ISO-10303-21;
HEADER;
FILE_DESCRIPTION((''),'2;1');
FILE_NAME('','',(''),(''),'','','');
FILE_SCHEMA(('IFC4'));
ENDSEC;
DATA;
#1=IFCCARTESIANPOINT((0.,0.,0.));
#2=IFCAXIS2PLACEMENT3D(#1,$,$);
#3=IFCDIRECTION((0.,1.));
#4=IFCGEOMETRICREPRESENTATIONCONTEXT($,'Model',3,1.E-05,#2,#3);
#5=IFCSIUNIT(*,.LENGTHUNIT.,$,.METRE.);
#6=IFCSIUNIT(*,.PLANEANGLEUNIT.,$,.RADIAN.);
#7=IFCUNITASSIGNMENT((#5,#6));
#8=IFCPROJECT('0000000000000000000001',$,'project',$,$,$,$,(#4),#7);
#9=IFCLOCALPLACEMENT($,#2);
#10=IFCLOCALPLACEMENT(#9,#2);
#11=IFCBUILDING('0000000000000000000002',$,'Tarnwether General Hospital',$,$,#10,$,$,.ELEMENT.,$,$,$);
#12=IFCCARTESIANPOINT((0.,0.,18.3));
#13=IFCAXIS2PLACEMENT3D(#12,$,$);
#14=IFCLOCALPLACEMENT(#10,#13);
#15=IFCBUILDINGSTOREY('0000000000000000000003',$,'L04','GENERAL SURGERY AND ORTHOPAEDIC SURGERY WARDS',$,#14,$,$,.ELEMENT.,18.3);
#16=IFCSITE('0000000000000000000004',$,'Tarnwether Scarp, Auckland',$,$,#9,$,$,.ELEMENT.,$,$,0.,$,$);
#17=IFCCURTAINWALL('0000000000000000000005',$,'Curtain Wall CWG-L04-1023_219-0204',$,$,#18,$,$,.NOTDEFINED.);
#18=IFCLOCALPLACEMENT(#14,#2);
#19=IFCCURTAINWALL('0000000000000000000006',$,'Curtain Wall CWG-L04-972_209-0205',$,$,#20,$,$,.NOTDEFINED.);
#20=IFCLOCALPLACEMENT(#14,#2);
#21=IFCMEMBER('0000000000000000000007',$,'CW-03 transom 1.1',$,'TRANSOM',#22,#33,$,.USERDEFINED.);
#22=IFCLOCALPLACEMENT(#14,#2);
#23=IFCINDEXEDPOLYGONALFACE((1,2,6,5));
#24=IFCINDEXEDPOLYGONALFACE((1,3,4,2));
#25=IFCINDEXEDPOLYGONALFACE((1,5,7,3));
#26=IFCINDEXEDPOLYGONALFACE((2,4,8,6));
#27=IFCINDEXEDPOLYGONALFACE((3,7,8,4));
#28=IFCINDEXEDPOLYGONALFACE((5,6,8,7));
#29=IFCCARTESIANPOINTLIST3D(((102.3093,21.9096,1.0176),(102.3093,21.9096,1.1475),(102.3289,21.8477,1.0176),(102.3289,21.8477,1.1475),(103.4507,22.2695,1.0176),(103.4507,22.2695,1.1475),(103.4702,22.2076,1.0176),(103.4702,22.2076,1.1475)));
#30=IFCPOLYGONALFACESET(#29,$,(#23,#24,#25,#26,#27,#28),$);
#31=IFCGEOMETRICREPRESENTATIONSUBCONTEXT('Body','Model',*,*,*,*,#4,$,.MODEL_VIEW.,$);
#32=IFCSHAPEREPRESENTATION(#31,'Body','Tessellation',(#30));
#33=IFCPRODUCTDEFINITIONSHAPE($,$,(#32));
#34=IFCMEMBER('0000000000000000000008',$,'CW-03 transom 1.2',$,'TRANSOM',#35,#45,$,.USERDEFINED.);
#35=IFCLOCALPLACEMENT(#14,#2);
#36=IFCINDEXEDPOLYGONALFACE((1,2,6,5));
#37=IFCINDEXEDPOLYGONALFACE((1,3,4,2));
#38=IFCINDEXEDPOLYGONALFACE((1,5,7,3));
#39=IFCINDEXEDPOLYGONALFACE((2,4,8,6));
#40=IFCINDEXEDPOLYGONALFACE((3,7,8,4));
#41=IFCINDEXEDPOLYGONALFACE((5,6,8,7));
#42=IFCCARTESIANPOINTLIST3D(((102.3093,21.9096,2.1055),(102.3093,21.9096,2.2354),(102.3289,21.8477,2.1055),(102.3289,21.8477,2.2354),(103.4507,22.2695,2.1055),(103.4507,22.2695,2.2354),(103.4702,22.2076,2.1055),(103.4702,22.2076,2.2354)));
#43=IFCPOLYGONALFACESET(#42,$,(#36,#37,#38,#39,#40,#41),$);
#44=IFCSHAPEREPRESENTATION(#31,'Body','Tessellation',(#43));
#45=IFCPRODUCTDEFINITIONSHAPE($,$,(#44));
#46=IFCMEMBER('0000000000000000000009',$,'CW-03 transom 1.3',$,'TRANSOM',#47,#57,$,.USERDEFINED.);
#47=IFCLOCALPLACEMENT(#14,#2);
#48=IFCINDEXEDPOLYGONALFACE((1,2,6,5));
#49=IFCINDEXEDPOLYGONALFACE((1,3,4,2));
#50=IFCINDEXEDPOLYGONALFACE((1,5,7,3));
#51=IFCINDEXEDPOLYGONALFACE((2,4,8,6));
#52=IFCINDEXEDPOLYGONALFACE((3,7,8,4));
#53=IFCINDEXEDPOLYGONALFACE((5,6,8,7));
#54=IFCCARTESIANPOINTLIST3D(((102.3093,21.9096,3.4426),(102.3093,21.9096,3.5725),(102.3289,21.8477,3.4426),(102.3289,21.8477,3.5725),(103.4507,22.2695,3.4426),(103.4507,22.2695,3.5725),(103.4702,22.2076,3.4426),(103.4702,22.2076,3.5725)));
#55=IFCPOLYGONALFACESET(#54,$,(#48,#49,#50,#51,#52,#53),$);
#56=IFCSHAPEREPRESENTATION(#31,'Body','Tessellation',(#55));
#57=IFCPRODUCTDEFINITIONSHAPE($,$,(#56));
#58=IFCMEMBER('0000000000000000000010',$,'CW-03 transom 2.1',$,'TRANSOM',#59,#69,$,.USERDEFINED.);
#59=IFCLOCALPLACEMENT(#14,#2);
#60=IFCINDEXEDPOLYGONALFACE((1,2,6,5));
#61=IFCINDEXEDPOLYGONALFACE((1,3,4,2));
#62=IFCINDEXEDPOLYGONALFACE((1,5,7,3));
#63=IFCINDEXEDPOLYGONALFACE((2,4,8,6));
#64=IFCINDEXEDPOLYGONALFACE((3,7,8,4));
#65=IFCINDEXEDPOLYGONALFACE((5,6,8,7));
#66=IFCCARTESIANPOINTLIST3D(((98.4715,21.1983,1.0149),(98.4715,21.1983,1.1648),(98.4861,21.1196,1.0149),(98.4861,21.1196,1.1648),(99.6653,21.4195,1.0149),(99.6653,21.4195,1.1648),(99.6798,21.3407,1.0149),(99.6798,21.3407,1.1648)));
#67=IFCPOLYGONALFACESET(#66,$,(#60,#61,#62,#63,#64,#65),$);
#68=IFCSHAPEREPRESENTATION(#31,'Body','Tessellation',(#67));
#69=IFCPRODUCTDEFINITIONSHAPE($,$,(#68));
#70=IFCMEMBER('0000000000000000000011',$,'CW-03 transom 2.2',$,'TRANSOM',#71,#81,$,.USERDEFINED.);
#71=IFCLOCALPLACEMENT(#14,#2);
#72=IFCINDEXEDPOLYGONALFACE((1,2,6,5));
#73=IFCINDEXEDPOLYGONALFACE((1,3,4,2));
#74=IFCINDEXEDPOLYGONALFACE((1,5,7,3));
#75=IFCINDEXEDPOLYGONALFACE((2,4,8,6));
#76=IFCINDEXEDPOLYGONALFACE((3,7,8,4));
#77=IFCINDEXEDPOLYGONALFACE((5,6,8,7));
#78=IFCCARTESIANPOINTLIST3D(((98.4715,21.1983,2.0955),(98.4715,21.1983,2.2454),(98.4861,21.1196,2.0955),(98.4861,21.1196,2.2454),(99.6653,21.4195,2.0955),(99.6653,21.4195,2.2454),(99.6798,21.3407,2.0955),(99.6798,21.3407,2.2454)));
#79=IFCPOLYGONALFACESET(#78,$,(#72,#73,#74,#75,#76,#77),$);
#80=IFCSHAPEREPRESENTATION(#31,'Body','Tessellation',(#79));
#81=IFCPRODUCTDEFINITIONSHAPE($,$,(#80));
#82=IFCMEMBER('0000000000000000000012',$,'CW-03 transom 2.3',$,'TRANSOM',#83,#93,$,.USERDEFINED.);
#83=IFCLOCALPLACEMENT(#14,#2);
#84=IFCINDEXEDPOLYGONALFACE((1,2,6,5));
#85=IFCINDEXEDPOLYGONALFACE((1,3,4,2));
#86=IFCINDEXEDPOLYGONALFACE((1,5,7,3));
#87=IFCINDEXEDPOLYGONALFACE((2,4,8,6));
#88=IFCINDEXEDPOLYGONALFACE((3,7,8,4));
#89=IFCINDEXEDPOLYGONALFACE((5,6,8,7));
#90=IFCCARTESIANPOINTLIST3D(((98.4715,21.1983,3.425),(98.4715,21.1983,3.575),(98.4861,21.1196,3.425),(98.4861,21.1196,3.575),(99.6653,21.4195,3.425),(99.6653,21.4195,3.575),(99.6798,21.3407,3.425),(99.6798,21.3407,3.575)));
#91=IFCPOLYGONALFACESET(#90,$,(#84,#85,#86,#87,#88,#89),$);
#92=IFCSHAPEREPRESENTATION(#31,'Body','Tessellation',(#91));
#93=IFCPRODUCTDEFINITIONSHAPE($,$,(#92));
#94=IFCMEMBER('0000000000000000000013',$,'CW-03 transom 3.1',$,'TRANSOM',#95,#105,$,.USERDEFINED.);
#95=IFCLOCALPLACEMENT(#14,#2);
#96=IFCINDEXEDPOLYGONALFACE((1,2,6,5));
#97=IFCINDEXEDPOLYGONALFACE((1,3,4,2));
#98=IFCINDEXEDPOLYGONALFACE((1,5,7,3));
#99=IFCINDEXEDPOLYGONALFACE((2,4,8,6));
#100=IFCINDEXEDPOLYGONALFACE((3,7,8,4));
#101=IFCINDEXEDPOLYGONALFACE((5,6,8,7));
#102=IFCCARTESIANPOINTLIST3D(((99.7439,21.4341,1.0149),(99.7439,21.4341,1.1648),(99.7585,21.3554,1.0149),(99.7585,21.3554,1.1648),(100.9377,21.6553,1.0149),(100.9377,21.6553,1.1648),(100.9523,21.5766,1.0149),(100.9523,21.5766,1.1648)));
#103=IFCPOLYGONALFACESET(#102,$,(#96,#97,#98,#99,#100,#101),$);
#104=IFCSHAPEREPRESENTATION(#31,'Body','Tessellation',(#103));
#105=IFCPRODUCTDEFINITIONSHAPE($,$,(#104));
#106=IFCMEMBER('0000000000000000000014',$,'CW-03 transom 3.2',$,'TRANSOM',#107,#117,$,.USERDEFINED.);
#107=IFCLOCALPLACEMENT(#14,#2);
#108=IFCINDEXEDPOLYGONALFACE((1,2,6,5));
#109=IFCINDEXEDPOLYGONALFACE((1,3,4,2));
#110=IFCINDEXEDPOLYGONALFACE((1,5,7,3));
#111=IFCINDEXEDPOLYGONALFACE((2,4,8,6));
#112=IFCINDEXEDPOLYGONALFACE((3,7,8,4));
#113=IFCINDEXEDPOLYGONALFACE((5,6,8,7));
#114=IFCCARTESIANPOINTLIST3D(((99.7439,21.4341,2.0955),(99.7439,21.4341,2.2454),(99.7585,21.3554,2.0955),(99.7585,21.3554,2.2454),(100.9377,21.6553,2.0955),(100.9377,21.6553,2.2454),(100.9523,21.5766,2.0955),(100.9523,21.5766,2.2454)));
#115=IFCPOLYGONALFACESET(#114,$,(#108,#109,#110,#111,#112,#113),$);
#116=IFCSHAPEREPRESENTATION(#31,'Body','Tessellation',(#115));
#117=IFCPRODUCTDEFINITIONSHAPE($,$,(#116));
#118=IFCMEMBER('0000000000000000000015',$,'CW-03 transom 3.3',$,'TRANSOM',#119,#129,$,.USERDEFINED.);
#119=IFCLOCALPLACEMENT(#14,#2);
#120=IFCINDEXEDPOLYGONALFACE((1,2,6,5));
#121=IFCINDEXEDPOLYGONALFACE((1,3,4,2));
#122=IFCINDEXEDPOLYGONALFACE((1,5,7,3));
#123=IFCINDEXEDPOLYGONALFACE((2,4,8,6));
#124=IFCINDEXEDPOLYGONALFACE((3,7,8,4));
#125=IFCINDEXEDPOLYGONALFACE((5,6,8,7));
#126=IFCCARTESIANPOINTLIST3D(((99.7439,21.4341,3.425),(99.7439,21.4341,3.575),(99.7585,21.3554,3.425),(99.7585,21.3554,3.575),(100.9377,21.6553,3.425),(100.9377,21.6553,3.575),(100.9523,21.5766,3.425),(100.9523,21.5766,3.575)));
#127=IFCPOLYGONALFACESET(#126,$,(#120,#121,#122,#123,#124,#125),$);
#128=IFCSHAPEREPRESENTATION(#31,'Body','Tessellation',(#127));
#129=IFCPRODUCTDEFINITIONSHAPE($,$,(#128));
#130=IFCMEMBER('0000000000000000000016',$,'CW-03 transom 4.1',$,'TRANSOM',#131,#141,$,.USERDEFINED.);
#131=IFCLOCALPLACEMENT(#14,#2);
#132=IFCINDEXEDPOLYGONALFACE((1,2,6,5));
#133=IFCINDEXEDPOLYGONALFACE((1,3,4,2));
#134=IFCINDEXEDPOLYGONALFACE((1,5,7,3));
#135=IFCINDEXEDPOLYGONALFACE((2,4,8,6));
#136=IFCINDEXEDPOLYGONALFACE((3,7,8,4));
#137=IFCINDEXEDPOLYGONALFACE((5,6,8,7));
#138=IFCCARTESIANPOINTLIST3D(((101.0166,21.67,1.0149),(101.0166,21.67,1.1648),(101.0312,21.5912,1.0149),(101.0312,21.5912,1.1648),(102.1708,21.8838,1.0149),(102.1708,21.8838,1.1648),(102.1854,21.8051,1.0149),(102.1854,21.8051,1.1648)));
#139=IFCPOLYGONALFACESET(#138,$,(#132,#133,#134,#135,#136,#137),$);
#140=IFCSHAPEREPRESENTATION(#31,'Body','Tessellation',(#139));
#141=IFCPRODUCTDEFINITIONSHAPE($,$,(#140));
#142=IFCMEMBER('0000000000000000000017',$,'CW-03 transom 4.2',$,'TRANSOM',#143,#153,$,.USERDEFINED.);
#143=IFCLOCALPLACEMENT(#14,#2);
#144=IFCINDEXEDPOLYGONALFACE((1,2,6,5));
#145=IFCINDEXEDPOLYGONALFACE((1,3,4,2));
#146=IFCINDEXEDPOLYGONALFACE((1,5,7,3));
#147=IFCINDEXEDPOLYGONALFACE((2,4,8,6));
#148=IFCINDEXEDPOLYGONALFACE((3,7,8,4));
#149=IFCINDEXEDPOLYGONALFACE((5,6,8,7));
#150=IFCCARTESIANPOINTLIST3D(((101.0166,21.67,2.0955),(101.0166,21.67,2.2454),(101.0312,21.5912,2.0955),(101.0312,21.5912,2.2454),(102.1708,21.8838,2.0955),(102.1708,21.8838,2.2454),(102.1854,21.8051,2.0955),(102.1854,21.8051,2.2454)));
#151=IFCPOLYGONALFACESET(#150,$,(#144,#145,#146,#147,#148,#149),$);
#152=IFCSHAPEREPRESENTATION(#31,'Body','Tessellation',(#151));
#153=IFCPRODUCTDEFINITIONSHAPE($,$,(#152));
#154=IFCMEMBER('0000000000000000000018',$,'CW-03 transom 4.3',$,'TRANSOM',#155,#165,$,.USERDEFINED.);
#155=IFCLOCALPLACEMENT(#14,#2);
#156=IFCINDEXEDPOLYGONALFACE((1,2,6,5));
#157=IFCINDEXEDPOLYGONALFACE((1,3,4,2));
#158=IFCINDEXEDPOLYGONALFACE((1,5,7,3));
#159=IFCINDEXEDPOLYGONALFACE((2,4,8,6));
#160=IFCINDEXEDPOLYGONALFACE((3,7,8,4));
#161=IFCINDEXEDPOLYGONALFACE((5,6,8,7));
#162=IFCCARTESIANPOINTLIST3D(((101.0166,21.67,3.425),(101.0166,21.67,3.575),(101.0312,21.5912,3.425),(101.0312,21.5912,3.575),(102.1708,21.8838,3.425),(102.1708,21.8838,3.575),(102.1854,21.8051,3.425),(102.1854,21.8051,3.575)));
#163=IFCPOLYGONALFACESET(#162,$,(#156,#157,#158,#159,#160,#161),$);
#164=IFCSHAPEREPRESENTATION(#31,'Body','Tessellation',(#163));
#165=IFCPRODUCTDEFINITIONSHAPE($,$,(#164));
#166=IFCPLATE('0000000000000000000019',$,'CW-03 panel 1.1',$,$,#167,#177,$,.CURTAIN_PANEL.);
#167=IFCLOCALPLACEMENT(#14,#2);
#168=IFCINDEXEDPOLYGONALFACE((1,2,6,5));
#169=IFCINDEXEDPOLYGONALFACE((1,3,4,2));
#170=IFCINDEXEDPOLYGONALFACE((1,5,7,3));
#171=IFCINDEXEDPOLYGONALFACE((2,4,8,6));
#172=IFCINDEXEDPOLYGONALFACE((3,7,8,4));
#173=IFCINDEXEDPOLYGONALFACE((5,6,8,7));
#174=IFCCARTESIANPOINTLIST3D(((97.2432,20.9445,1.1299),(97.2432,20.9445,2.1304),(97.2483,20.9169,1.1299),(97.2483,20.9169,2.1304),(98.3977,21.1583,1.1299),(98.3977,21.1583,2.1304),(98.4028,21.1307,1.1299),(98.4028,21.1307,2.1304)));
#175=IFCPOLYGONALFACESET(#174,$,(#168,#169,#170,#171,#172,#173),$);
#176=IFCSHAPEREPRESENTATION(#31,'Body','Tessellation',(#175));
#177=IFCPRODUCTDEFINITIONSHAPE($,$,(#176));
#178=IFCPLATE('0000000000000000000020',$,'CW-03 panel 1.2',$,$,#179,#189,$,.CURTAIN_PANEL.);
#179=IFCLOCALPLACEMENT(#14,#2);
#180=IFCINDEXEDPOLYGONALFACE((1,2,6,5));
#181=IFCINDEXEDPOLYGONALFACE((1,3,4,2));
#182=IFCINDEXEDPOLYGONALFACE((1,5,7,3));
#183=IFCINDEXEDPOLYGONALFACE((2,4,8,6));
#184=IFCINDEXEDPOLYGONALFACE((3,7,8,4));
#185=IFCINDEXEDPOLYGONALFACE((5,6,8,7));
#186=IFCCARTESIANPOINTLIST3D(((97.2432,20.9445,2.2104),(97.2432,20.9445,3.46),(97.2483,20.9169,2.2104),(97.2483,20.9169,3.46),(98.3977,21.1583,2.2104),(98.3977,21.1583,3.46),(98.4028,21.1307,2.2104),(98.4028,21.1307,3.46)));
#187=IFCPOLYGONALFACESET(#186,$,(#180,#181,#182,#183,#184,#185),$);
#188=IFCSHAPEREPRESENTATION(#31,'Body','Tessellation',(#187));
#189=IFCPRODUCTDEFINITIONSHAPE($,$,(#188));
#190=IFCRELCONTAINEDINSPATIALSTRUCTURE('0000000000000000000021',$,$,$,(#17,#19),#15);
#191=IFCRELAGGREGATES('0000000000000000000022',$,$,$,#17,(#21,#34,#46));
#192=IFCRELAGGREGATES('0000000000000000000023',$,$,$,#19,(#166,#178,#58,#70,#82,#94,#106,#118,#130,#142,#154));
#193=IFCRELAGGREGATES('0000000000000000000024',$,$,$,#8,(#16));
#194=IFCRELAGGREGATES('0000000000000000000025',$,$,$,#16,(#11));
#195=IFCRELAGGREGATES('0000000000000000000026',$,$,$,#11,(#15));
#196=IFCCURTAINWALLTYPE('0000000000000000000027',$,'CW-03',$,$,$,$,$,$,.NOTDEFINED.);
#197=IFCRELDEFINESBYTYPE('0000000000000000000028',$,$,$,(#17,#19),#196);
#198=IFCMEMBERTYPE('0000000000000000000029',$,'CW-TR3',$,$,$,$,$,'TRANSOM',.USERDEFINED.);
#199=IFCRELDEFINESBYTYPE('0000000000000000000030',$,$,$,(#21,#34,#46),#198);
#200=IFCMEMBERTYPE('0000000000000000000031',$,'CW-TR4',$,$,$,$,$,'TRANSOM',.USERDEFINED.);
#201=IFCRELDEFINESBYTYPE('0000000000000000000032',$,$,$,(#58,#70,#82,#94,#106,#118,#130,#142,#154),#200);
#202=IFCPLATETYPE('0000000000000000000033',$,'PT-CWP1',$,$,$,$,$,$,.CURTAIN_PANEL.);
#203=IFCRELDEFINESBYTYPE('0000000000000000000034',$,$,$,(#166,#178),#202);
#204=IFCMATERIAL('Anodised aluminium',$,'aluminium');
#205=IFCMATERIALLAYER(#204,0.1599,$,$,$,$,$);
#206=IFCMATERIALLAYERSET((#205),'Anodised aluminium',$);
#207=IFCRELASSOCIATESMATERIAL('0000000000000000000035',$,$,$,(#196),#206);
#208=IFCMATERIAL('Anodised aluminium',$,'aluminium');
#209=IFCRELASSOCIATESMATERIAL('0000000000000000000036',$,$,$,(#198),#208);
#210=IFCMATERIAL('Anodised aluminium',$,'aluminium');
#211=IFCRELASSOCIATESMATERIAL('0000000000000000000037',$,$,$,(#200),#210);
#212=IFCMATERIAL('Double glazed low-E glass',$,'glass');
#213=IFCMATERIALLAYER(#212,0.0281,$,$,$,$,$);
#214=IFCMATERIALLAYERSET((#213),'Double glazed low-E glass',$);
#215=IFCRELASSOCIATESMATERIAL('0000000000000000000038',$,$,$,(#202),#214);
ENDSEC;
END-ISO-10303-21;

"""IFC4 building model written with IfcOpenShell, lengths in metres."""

from ifc_helpers import new_model, si_unit, direction, frame, origin, origin_2d, place, context, subcontext, project, spatial, rectangle, extrude, material, layer, layer_set, material_profile, profile_set, type_object, element, aggregate, save


model = new_model("IFC4")

# Units and contexts
model_context = context("Model", 3, precision=1e-05, world=origin(), true_north=direction((0.0, 1.0)))
body_context = subcontext(model_context, "Body", "Model", "MODEL_VIEW")
ifc_project = project(units=[si_unit("LENGTHUNIT", "METRE"), si_unit("PLANEANGLEUNIT", "RADIAN")], contexts=[model_context])

# Site, building, storey
site_placement = place(None, origin())
site = spatial("IfcSite", under=ifc_project, at=site_placement, Name="Tarnwether Scarp, Auckland", CompositionType="ELEMENT", RefElevation=0.0)
building_placement = place(site_placement, origin())
building = spatial("IfcBuilding", under=site, at=building_placement, Name="Tarnwether General Hospital", CompositionType="ELEMENT")
storey_placement = place(building_placement, frame((0.0, 0.0, 18.3)))
storey = spatial("IfcBuildingStorey", under=building, at=storey_placement, Name="L04", Description="GENERAL SURGERY AND ORTHOPAEDIC SURGERY WARDS", CompositionType="ELEMENT", Elevation=18.3)

# Curtain wall
ifc_material_1 = material(Name="Anodised aluminium", Category="aluminium")
ifc_layer_1 = layer(ifc_material_1, 0.1599)
ifc_layer_set_1 = layer_set([ifc_layer_1], Name="Anodised aluminium")
curtain_wall_type = type_object("IfcCurtainWallType", Name="CW-03", PredefinedType="NOTDEFINED", material=ifc_layer_set_1)
curtain_wall_1_placement = place(storey_placement, origin())
curtain_wall_1 = element("IfcCurtainWall", 1, at=curtain_wall_1_placement, inside=storey, type_object=curtain_wall_type, Name="Curtain Wall CWG-L04-1023_219-0204", PredefinedType="NOTDEFINED")

# Curtain wall
curtain_wall_2_placement = place(storey_placement, origin())
curtain_wall_2 = element("IfcCurtainWall", 2, at=curtain_wall_2_placement, inside=storey, type_object=curtain_wall_type, Name="Curtain Wall CWG-L04-972_209-0205", PredefinedType="NOTDEFINED")

# Members
ifc_material_2 = material(Name="Anodised aluminium", Category="aluminium")
ifc_material_profile_1 = material_profile(ifc_material_2, rectangle(XDim=0.0649, YDim=0.1299, at=origin_2d()), Name="ALU-TRN-65x130")
ifc_profile_set_1 = profile_set([ifc_material_profile_1], Name="Anodised aluminium")
member_type_1 = type_object("IfcMemberType", Name="CW-TR3", ElementType="TRANSOM", PredefinedType="USERDEFINED", material=ifc_profile_set_1)
member_1_placement = place(storey_placement, frame((102.3191, 21.8787, 1.0825), z_axis=(0.953718, 0.300702, 0.0), x_axis=(-0.300702, 0.953718, 0.0)))
member_1 = element("IfcMember", 3, at=member_1_placement, type_object=member_type_1, Name="CW-03 transom 1.1", ObjectType="TRANSOM", PredefinedType="USERDEFINED", context=body_context, shape_type="SweptSolid", body=[
    extrude(rectangle(XDim=0.0649, YDim=0.1299, at=origin_2d()), origin(), (0.0, 0.0, 1.0), 1.1968),
])
member_2_placement = place(storey_placement, frame((102.3191, 21.8787, 2.1704), z_axis=(0.953718, 0.300702, 0.0), x_axis=(-0.300702, 0.953718, 0.0)))
member_2 = element("IfcMember", 4, at=member_2_placement, type_object=member_type_1, Name="CW-03 transom 1.2", ObjectType="TRANSOM", PredefinedType="USERDEFINED", context=body_context, shape_type="SweptSolid", body=[
    extrude(rectangle(XDim=0.0649, YDim=0.1299, at=origin_2d()), origin(), (0.0, 0.0, 1.0), 1.1968),
])
member_3_placement = place(storey_placement, frame((102.3191, 21.8787, 3.5076), z_axis=(0.953718, 0.300702, 0.0), x_axis=(-0.300702, 0.953718, 0.0)))
member_3 = element("IfcMember", 5, at=member_3_placement, type_object=member_type_1, Name="CW-03 transom 1.3", ObjectType="TRANSOM", PredefinedType="USERDEFINED", context=body_context, shape_type="SweptSolid", body=[
    extrude(rectangle(XDim=0.0649, YDim=0.1299, at=origin_2d()), origin(), (0.0, 0.0, 1.0), 1.1968),
])
aggregate(curtain_wall_1, [member_1, member_2, member_3])
ifc_material_3 = material(Name="Anodised aluminium", Category="aluminium")
ifc_material_profile_2 = material_profile(ifc_material_3, rectangle(XDim=0.0801, YDim=0.1499, at=origin_2d()), Name="ALU-TRN-80x150")
ifc_profile_set_2 = profile_set([ifc_material_profile_2], Name="Anodised aluminium")
member_type_2 = type_object("IfcMemberType", Name="CW-TR4", ElementType="TRANSOM", PredefinedType="USERDEFINED", material=ifc_profile_set_2)
member_4_placement = place(storey_placement, frame((98.4788, 21.1589, 1.0898), z_axis=(0.983266, 0.182176, 0.0), x_axis=(-0.182176, 0.983266, 0.0)))
member_4 = element("IfcMember", 6, at=member_4_placement, type_object=member_type_2, Name="CW-03 transom 2.1", ObjectType="TRANSOM", PredefinedType="USERDEFINED", context=body_context, shape_type="SweptSolid", body=[
    extrude(rectangle(XDim=0.0801, YDim=0.1499, at=origin_2d()), origin(), (0.0, 0.0, 1.0), 1.2141),
])
member_5_placement = place(storey_placement, frame((98.4788, 21.1589, 2.1704), z_axis=(0.983266, 0.182176, 0.0), x_axis=(-0.182176, 0.983266, 0.0)))
member_5 = element("IfcMember", 7, at=member_5_placement, type_object=member_type_2, Name="CW-03 transom 2.2", ObjectType="TRANSOM", PredefinedType="USERDEFINED", context=body_context, shape_type="SweptSolid", body=[
    extrude(rectangle(XDim=0.0801, YDim=0.1499, at=origin_2d()), origin(), (0.0, 0.0, 1.0), 1.2141),
])
member_6_placement = place(storey_placement, frame((98.4788, 21.1589, 3.5), z_axis=(0.983266, 0.182176, 0.0), x_axis=(-0.182176, 0.983266, 0.0)))
member_6 = element("IfcMember", 8, at=member_6_placement, type_object=member_type_2, Name="CW-03 transom 2.3", ObjectType="TRANSOM", PredefinedType="USERDEFINED", context=body_context, shape_type="SweptSolid", body=[
    extrude(rectangle(XDim=0.0801, YDim=0.1499, at=origin_2d()), origin(), (0.0, 0.0, 1.0), 1.2141),
])
member_7_placement = place(storey_placement, frame((99.7512, 21.3948, 1.0898), z_axis=(0.983266, 0.182176, 0.0), x_axis=(-0.182176, 0.983266, 0.0)))
member_7 = element("IfcMember", 9, at=member_7_placement, type_object=member_type_2, Name="CW-03 transom 3.1", ObjectType="TRANSOM", PredefinedType="USERDEFINED", context=body_context, shape_type="SweptSolid", body=[
    extrude(rectangle(XDim=0.0801, YDim=0.1499, at=origin_2d()), origin(), (0.0, 0.0, 1.0), 1.2141),
])
member_8_placement = place(storey_placement, frame((99.7512, 21.3948, 2.1704), z_axis=(0.983266, 0.182176, 0.0), x_axis=(-0.182176, 0.983266, 0.0)))
member_8 = element("IfcMember", 10, at=member_8_placement, type_object=member_type_2, Name="CW-03 transom 3.2", ObjectType="TRANSOM", PredefinedType="USERDEFINED", context=body_context, shape_type="SweptSolid", body=[
    extrude(rectangle(XDim=0.0801, YDim=0.1499, at=origin_2d()), origin(), (0.0, 0.0, 1.0), 1.2141),
])
member_9_placement = place(storey_placement, frame((99.7512, 21.3948, 3.5), z_axis=(0.983266, 0.182176, 0.0), x_axis=(-0.182176, 0.983266, 0.0)))
member_9 = element("IfcMember", 11, at=member_9_placement, type_object=member_type_2, Name="CW-03 transom 3.3", ObjectType="TRANSOM", PredefinedType="USERDEFINED", context=body_context, shape_type="SweptSolid", body=[
    extrude(rectangle(XDim=0.0801, YDim=0.1499, at=origin_2d()), origin(), (0.0, 0.0, 1.0), 1.2141),
])
member_10_placement = place(storey_placement, frame((101.0239, 21.6306, 1.0898), z_axis=(0.983265, 0.182179, 0.0), x_axis=(-0.182179, 0.983265, 0.0)))
member_10 = element("IfcMember", 12, at=member_10_placement, type_object=member_type_2, Name="CW-03 transom 4.1", ObjectType="TRANSOM", PredefinedType="USERDEFINED", context=body_context, shape_type="SweptSolid", body=[
    extrude(rectangle(XDim=0.0801, YDim=0.1499, at=origin_2d()), origin(), (0.0, 0.0, 1.0), 1.1738),
])
member_11_placement = place(storey_placement, frame((101.0239, 21.6306, 2.1704), z_axis=(0.983265, 0.182179, 0.0), x_axis=(-0.182179, 0.983265, 0.0)))
member_11 = element("IfcMember", 13, at=member_11_placement, type_object=member_type_2, Name="CW-03 transom 4.2", ObjectType="TRANSOM", PredefinedType="USERDEFINED", context=body_context, shape_type="SweptSolid", body=[
    extrude(rectangle(XDim=0.0801, YDim=0.1499, at=origin_2d()), origin(), (0.0, 0.0, 1.0), 1.1738),
])
member_12_placement = place(storey_placement, frame((101.0239, 21.6306, 3.5), z_axis=(0.983265, 0.182179, 0.0), x_axis=(-0.182179, 0.983265, 0.0)))
member_12 = element("IfcMember", 14, at=member_12_placement, type_object=member_type_2, Name="CW-03 transom 4.3", ObjectType="TRANSOM", PredefinedType="USERDEFINED", context=body_context, shape_type="SweptSolid", body=[
    extrude(rectangle(XDim=0.0801, YDim=0.1499, at=origin_2d()), origin(), (0.0, 0.0, 1.0), 1.1738),
])

# Plates
ifc_material_4 = material(Name="Double glazed low-E glass", Category="glass")
ifc_layer_2 = layer(ifc_material_4, 0.0281)
ifc_layer_set_2 = layer_set([ifc_layer_2], Name="Double glazed low-E glass")
plate_type_1 = type_object("IfcPlateType", Name="PT-CWP1", PredefinedType="CURTAIN_PANEL", material=ifc_layer_set_2)
plate_1_placement = place(storey_placement, frame((97.823, 21.0376, 1.1299), z_axis=(0.0, 0.0, 1.0), x_axis=(0.983268, 0.182165, 0.0)))
plate_1 = element("IfcPlate", 15, at=plate_1_placement, type_object=plate_type_1, Name="CW-03 panel 1.1", PredefinedType="CURTAIN_PANEL", context=body_context, shape_type="SweptSolid", body=[
    extrude(rectangle(XDim=1.1741, YDim=0.0281, at=origin_2d()), origin(), (0.0, 0.0, 1.0), 1.0005),
])
plate_2_placement = place(storey_placement, frame((97.823, 21.0376, 2.2104), z_axis=(0.0, 0.0, 1.0), x_axis=(0.983268, 0.182165, 0.0)))
plate_2 = element("IfcPlate", 16, at=plate_2_placement, type_object=plate_type_1, Name="CW-03 panel 1.2", PredefinedType="CURTAIN_PANEL", context=body_context, shape_type="SweptSolid", body=[
    extrude(rectangle(XDim=1.1741, YDim=0.0281, at=origin_2d()), origin(), (0.0, 0.0, 1.0), 1.2495),
])
aggregate(curtain_wall_2, [plate_1, plate_2, member_4, member_5, member_6, member_7, member_8, member_9, member_10, member_11, member_12])

save(model, "model.ifc")
